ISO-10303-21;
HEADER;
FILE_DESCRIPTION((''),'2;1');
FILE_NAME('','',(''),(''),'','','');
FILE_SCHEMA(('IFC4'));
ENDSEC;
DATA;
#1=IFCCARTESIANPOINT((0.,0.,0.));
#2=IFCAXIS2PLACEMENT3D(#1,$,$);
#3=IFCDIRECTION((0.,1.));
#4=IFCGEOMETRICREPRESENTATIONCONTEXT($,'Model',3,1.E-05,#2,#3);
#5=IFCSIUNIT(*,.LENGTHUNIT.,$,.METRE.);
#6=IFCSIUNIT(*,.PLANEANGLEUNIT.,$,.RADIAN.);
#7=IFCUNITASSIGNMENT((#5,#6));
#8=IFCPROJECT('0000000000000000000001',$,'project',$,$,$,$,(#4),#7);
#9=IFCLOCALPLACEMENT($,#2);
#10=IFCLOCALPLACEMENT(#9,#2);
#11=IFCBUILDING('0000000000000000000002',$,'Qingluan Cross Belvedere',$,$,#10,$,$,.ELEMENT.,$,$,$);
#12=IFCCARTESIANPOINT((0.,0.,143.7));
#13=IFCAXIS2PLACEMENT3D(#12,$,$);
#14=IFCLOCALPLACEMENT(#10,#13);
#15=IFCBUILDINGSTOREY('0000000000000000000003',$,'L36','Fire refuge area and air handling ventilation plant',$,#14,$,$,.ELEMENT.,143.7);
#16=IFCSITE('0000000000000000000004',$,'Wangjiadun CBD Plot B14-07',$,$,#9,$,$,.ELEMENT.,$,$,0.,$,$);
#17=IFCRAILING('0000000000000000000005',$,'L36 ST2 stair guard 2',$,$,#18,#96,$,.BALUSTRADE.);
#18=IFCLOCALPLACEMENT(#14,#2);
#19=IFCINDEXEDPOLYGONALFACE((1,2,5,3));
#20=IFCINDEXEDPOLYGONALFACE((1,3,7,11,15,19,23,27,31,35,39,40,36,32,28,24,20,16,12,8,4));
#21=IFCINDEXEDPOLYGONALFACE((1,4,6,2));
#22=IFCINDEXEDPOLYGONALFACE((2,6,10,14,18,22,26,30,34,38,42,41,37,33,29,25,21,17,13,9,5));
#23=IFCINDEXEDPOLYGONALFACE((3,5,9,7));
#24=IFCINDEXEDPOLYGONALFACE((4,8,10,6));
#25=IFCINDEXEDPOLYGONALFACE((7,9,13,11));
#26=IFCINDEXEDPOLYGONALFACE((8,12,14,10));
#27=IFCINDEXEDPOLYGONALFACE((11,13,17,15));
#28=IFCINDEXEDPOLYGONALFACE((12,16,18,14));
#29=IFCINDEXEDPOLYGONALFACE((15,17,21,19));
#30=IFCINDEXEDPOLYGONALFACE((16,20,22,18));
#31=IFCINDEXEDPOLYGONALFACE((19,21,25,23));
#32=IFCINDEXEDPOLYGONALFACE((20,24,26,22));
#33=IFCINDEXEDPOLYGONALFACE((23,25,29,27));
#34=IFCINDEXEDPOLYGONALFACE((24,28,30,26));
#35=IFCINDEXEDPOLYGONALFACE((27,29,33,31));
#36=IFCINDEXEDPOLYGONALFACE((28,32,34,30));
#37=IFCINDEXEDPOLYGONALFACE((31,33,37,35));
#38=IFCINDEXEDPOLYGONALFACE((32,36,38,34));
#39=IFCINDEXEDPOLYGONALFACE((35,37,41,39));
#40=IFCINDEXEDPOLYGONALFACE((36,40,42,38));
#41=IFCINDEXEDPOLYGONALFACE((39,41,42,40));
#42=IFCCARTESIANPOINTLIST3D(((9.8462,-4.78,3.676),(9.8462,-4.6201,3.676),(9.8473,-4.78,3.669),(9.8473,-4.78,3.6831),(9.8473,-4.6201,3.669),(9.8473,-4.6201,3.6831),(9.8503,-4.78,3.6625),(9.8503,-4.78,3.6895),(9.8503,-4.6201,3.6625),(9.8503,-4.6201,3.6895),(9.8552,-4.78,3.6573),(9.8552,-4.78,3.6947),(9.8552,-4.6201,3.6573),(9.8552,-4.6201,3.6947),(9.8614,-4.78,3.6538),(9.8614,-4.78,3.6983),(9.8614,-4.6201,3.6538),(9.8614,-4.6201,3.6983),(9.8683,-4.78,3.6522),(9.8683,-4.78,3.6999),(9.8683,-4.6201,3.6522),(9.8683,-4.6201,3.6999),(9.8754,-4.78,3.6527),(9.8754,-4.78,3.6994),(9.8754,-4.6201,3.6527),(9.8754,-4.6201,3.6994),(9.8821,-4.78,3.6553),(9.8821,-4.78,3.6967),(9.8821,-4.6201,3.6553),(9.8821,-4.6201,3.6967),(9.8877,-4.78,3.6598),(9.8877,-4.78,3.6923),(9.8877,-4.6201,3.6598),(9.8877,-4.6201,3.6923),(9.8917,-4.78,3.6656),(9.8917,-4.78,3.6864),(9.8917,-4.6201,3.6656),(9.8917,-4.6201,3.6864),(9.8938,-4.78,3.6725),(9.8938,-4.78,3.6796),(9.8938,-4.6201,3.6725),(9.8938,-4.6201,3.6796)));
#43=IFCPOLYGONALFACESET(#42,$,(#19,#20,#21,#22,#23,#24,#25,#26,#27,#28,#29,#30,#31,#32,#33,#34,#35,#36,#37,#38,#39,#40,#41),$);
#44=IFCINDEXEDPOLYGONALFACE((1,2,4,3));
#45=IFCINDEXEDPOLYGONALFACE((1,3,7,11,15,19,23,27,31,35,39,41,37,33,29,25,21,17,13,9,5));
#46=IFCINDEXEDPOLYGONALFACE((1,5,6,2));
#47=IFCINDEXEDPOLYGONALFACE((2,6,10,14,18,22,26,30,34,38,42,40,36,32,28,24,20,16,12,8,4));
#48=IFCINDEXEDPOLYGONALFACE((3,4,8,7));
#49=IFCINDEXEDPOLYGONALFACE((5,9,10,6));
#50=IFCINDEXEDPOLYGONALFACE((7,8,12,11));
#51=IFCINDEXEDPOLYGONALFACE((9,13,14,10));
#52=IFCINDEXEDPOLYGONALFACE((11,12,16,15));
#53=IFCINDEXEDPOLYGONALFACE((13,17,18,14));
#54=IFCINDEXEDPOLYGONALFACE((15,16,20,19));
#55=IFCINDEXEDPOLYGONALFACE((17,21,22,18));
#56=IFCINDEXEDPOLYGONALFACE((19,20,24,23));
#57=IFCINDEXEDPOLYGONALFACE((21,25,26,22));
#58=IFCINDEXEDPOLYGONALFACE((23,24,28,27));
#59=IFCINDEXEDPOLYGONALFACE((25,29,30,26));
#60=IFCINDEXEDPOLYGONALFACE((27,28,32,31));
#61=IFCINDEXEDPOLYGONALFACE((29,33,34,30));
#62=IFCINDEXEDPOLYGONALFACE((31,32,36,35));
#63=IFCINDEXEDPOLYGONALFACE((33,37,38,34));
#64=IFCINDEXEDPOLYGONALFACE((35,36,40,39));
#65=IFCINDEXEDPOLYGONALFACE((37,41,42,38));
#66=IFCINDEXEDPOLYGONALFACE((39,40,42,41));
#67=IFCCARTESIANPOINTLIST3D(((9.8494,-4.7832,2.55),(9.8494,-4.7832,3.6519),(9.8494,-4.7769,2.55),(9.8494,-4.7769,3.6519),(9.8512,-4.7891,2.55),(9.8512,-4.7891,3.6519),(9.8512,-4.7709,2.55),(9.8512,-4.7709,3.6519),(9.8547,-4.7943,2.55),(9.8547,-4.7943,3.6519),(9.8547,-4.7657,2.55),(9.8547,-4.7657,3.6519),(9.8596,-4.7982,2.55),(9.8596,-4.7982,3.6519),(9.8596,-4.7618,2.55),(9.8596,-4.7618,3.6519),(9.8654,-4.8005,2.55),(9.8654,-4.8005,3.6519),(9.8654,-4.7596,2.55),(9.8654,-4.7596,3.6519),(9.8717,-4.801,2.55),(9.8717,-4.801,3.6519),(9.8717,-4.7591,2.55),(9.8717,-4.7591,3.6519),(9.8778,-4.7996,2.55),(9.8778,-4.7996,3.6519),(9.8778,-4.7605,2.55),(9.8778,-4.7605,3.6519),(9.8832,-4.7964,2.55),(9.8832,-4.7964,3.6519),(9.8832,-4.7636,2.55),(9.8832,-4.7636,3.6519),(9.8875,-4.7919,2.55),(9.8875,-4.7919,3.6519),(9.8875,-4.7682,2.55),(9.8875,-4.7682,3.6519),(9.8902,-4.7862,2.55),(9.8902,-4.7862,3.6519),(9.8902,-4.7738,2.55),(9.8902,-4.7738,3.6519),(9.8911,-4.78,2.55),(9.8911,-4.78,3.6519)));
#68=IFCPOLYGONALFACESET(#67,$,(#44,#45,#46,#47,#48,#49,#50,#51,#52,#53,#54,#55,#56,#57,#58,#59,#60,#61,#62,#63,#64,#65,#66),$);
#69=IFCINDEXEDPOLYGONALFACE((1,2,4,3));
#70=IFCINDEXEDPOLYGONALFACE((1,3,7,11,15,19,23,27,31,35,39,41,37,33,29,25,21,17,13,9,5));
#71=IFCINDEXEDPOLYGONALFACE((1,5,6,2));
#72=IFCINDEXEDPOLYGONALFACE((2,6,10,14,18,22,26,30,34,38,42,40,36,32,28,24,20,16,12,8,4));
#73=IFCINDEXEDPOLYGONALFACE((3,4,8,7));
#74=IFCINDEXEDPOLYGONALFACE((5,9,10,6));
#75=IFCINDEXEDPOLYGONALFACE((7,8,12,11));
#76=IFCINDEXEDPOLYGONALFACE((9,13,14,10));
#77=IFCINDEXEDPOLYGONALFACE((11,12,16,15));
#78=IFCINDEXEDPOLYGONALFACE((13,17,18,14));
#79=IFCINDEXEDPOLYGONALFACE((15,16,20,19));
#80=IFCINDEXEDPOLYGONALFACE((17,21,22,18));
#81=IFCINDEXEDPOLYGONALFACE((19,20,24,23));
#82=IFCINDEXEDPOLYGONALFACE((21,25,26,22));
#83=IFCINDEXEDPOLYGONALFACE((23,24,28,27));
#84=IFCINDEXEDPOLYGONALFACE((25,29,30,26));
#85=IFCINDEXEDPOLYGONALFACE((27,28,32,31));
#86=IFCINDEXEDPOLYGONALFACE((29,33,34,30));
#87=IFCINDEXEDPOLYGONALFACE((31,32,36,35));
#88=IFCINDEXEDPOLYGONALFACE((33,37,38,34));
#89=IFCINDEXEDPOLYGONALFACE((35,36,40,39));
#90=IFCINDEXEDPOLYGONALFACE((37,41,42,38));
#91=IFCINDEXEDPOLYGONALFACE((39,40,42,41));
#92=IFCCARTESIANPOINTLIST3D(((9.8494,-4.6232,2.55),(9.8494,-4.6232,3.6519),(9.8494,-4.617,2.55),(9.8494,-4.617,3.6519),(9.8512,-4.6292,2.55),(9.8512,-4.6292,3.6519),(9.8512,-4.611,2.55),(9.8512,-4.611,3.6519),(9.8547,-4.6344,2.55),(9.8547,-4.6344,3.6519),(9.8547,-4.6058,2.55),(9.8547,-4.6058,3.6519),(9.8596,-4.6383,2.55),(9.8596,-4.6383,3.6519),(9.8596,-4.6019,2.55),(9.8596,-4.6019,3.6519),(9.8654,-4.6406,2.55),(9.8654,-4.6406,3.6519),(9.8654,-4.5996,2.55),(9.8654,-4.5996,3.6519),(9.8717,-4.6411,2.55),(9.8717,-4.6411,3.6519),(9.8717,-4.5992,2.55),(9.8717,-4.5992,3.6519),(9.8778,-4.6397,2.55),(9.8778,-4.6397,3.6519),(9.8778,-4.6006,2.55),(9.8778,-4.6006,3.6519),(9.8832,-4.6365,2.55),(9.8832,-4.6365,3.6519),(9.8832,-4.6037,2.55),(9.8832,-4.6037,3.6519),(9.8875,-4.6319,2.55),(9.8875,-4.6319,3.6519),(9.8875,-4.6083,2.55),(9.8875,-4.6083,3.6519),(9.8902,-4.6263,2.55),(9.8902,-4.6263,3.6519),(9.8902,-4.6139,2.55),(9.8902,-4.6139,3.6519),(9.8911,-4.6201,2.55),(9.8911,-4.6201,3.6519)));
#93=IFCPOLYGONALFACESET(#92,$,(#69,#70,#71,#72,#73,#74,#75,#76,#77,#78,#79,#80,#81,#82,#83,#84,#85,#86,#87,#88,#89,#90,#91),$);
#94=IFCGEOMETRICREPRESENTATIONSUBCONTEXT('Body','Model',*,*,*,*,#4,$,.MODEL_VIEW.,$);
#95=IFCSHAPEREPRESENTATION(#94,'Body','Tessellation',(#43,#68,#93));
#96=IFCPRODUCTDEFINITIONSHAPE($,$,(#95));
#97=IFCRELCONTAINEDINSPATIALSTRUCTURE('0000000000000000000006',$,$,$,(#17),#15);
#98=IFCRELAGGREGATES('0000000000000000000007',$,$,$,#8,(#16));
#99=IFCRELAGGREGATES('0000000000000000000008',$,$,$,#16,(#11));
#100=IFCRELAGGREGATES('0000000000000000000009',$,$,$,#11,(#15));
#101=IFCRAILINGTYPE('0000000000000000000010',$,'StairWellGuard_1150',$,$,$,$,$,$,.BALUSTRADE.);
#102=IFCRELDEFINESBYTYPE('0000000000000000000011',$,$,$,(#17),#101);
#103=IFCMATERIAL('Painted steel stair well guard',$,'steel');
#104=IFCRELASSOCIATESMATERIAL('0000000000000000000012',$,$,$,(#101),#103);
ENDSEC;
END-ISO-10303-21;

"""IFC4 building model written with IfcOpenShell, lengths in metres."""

from ifc_helpers import new_model, si_unit, direction, frame, origin, origin_2d, place, context, subcontext, project, spatial, circle, extrude, material, type_object, element, save


model = new_model("IFC4")

# Units and contexts
model_context = context("Model", 3, precision=1e-05, world=origin(), true_north=direction((0.0, 1.0)))
body_context = subcontext(model_context, "Body", "Model", "MODEL_VIEW")
ifc_project = project(units=[si_unit("LENGTHUNIT", "METRE"), si_unit("PLANEANGLEUNIT", "RADIAN")], contexts=[model_context])

# Site, building, storey
site_placement = place(None, origin())
site = spatial("IfcSite", under=ifc_project, at=site_placement, Name="Wangjiadun CBD Plot B14-07", CompositionType="ELEMENT", RefElevation=0.0)
building_placement = place(site_placement, origin())
building = spatial("IfcBuilding", under=site, at=building_placement, Name="Qingluan Cross Belvedere", CompositionType="ELEMENT")
storey_placement = place(building_placement, frame((0.0, 0.0, 143.7)))
storey = spatial("IfcBuildingStorey", under=building, at=storey_placement, Name="L36", Description="Fire refuge area and air handling ventilation plant", CompositionType="ELEMENT", Elevation=143.7)

# Railing
ifc_material_1 = material(Name="Painted steel stair well guard", Category="steel")
railing_type_1 = type_object("IfcRailingType", Name="StairWellGuard_1150", PredefinedType="BALUSTRADE", material=ifc_material_1)
railing_1_placement = place(storey_placement, frame((9.8701, -4.78, 2.55)))
element("IfcRailing", 1, at=railing_1_placement, inside=storey, type_object=railing_type_1, Name="L36 ST2 stair guard 2", PredefinedType="BALUSTRADE", context=body_context, shape_type="SweptSolid", body=[
    extrude(circle(Radius=0.0239, at=origin_2d()), frame((0.0, 0.0, 1.126), z_axis=(0.0, 1.0, 0.0), x_axis=(-1.0, 0.0, 0.0)), (0.0, 0.0, 1.0), 0.1599),
    extrude(circle(Radius=0.021, at=origin_2d()), origin(), (0.0, 0.0, 1.0), 1.1018),
    extrude(circle(Radius=0.021, at=origin_2d()), frame((0.0, 0.1599, 0.0)), (0.0, 0.0, 1.0), 1.1018),
])

save(model, "model.ifc")
